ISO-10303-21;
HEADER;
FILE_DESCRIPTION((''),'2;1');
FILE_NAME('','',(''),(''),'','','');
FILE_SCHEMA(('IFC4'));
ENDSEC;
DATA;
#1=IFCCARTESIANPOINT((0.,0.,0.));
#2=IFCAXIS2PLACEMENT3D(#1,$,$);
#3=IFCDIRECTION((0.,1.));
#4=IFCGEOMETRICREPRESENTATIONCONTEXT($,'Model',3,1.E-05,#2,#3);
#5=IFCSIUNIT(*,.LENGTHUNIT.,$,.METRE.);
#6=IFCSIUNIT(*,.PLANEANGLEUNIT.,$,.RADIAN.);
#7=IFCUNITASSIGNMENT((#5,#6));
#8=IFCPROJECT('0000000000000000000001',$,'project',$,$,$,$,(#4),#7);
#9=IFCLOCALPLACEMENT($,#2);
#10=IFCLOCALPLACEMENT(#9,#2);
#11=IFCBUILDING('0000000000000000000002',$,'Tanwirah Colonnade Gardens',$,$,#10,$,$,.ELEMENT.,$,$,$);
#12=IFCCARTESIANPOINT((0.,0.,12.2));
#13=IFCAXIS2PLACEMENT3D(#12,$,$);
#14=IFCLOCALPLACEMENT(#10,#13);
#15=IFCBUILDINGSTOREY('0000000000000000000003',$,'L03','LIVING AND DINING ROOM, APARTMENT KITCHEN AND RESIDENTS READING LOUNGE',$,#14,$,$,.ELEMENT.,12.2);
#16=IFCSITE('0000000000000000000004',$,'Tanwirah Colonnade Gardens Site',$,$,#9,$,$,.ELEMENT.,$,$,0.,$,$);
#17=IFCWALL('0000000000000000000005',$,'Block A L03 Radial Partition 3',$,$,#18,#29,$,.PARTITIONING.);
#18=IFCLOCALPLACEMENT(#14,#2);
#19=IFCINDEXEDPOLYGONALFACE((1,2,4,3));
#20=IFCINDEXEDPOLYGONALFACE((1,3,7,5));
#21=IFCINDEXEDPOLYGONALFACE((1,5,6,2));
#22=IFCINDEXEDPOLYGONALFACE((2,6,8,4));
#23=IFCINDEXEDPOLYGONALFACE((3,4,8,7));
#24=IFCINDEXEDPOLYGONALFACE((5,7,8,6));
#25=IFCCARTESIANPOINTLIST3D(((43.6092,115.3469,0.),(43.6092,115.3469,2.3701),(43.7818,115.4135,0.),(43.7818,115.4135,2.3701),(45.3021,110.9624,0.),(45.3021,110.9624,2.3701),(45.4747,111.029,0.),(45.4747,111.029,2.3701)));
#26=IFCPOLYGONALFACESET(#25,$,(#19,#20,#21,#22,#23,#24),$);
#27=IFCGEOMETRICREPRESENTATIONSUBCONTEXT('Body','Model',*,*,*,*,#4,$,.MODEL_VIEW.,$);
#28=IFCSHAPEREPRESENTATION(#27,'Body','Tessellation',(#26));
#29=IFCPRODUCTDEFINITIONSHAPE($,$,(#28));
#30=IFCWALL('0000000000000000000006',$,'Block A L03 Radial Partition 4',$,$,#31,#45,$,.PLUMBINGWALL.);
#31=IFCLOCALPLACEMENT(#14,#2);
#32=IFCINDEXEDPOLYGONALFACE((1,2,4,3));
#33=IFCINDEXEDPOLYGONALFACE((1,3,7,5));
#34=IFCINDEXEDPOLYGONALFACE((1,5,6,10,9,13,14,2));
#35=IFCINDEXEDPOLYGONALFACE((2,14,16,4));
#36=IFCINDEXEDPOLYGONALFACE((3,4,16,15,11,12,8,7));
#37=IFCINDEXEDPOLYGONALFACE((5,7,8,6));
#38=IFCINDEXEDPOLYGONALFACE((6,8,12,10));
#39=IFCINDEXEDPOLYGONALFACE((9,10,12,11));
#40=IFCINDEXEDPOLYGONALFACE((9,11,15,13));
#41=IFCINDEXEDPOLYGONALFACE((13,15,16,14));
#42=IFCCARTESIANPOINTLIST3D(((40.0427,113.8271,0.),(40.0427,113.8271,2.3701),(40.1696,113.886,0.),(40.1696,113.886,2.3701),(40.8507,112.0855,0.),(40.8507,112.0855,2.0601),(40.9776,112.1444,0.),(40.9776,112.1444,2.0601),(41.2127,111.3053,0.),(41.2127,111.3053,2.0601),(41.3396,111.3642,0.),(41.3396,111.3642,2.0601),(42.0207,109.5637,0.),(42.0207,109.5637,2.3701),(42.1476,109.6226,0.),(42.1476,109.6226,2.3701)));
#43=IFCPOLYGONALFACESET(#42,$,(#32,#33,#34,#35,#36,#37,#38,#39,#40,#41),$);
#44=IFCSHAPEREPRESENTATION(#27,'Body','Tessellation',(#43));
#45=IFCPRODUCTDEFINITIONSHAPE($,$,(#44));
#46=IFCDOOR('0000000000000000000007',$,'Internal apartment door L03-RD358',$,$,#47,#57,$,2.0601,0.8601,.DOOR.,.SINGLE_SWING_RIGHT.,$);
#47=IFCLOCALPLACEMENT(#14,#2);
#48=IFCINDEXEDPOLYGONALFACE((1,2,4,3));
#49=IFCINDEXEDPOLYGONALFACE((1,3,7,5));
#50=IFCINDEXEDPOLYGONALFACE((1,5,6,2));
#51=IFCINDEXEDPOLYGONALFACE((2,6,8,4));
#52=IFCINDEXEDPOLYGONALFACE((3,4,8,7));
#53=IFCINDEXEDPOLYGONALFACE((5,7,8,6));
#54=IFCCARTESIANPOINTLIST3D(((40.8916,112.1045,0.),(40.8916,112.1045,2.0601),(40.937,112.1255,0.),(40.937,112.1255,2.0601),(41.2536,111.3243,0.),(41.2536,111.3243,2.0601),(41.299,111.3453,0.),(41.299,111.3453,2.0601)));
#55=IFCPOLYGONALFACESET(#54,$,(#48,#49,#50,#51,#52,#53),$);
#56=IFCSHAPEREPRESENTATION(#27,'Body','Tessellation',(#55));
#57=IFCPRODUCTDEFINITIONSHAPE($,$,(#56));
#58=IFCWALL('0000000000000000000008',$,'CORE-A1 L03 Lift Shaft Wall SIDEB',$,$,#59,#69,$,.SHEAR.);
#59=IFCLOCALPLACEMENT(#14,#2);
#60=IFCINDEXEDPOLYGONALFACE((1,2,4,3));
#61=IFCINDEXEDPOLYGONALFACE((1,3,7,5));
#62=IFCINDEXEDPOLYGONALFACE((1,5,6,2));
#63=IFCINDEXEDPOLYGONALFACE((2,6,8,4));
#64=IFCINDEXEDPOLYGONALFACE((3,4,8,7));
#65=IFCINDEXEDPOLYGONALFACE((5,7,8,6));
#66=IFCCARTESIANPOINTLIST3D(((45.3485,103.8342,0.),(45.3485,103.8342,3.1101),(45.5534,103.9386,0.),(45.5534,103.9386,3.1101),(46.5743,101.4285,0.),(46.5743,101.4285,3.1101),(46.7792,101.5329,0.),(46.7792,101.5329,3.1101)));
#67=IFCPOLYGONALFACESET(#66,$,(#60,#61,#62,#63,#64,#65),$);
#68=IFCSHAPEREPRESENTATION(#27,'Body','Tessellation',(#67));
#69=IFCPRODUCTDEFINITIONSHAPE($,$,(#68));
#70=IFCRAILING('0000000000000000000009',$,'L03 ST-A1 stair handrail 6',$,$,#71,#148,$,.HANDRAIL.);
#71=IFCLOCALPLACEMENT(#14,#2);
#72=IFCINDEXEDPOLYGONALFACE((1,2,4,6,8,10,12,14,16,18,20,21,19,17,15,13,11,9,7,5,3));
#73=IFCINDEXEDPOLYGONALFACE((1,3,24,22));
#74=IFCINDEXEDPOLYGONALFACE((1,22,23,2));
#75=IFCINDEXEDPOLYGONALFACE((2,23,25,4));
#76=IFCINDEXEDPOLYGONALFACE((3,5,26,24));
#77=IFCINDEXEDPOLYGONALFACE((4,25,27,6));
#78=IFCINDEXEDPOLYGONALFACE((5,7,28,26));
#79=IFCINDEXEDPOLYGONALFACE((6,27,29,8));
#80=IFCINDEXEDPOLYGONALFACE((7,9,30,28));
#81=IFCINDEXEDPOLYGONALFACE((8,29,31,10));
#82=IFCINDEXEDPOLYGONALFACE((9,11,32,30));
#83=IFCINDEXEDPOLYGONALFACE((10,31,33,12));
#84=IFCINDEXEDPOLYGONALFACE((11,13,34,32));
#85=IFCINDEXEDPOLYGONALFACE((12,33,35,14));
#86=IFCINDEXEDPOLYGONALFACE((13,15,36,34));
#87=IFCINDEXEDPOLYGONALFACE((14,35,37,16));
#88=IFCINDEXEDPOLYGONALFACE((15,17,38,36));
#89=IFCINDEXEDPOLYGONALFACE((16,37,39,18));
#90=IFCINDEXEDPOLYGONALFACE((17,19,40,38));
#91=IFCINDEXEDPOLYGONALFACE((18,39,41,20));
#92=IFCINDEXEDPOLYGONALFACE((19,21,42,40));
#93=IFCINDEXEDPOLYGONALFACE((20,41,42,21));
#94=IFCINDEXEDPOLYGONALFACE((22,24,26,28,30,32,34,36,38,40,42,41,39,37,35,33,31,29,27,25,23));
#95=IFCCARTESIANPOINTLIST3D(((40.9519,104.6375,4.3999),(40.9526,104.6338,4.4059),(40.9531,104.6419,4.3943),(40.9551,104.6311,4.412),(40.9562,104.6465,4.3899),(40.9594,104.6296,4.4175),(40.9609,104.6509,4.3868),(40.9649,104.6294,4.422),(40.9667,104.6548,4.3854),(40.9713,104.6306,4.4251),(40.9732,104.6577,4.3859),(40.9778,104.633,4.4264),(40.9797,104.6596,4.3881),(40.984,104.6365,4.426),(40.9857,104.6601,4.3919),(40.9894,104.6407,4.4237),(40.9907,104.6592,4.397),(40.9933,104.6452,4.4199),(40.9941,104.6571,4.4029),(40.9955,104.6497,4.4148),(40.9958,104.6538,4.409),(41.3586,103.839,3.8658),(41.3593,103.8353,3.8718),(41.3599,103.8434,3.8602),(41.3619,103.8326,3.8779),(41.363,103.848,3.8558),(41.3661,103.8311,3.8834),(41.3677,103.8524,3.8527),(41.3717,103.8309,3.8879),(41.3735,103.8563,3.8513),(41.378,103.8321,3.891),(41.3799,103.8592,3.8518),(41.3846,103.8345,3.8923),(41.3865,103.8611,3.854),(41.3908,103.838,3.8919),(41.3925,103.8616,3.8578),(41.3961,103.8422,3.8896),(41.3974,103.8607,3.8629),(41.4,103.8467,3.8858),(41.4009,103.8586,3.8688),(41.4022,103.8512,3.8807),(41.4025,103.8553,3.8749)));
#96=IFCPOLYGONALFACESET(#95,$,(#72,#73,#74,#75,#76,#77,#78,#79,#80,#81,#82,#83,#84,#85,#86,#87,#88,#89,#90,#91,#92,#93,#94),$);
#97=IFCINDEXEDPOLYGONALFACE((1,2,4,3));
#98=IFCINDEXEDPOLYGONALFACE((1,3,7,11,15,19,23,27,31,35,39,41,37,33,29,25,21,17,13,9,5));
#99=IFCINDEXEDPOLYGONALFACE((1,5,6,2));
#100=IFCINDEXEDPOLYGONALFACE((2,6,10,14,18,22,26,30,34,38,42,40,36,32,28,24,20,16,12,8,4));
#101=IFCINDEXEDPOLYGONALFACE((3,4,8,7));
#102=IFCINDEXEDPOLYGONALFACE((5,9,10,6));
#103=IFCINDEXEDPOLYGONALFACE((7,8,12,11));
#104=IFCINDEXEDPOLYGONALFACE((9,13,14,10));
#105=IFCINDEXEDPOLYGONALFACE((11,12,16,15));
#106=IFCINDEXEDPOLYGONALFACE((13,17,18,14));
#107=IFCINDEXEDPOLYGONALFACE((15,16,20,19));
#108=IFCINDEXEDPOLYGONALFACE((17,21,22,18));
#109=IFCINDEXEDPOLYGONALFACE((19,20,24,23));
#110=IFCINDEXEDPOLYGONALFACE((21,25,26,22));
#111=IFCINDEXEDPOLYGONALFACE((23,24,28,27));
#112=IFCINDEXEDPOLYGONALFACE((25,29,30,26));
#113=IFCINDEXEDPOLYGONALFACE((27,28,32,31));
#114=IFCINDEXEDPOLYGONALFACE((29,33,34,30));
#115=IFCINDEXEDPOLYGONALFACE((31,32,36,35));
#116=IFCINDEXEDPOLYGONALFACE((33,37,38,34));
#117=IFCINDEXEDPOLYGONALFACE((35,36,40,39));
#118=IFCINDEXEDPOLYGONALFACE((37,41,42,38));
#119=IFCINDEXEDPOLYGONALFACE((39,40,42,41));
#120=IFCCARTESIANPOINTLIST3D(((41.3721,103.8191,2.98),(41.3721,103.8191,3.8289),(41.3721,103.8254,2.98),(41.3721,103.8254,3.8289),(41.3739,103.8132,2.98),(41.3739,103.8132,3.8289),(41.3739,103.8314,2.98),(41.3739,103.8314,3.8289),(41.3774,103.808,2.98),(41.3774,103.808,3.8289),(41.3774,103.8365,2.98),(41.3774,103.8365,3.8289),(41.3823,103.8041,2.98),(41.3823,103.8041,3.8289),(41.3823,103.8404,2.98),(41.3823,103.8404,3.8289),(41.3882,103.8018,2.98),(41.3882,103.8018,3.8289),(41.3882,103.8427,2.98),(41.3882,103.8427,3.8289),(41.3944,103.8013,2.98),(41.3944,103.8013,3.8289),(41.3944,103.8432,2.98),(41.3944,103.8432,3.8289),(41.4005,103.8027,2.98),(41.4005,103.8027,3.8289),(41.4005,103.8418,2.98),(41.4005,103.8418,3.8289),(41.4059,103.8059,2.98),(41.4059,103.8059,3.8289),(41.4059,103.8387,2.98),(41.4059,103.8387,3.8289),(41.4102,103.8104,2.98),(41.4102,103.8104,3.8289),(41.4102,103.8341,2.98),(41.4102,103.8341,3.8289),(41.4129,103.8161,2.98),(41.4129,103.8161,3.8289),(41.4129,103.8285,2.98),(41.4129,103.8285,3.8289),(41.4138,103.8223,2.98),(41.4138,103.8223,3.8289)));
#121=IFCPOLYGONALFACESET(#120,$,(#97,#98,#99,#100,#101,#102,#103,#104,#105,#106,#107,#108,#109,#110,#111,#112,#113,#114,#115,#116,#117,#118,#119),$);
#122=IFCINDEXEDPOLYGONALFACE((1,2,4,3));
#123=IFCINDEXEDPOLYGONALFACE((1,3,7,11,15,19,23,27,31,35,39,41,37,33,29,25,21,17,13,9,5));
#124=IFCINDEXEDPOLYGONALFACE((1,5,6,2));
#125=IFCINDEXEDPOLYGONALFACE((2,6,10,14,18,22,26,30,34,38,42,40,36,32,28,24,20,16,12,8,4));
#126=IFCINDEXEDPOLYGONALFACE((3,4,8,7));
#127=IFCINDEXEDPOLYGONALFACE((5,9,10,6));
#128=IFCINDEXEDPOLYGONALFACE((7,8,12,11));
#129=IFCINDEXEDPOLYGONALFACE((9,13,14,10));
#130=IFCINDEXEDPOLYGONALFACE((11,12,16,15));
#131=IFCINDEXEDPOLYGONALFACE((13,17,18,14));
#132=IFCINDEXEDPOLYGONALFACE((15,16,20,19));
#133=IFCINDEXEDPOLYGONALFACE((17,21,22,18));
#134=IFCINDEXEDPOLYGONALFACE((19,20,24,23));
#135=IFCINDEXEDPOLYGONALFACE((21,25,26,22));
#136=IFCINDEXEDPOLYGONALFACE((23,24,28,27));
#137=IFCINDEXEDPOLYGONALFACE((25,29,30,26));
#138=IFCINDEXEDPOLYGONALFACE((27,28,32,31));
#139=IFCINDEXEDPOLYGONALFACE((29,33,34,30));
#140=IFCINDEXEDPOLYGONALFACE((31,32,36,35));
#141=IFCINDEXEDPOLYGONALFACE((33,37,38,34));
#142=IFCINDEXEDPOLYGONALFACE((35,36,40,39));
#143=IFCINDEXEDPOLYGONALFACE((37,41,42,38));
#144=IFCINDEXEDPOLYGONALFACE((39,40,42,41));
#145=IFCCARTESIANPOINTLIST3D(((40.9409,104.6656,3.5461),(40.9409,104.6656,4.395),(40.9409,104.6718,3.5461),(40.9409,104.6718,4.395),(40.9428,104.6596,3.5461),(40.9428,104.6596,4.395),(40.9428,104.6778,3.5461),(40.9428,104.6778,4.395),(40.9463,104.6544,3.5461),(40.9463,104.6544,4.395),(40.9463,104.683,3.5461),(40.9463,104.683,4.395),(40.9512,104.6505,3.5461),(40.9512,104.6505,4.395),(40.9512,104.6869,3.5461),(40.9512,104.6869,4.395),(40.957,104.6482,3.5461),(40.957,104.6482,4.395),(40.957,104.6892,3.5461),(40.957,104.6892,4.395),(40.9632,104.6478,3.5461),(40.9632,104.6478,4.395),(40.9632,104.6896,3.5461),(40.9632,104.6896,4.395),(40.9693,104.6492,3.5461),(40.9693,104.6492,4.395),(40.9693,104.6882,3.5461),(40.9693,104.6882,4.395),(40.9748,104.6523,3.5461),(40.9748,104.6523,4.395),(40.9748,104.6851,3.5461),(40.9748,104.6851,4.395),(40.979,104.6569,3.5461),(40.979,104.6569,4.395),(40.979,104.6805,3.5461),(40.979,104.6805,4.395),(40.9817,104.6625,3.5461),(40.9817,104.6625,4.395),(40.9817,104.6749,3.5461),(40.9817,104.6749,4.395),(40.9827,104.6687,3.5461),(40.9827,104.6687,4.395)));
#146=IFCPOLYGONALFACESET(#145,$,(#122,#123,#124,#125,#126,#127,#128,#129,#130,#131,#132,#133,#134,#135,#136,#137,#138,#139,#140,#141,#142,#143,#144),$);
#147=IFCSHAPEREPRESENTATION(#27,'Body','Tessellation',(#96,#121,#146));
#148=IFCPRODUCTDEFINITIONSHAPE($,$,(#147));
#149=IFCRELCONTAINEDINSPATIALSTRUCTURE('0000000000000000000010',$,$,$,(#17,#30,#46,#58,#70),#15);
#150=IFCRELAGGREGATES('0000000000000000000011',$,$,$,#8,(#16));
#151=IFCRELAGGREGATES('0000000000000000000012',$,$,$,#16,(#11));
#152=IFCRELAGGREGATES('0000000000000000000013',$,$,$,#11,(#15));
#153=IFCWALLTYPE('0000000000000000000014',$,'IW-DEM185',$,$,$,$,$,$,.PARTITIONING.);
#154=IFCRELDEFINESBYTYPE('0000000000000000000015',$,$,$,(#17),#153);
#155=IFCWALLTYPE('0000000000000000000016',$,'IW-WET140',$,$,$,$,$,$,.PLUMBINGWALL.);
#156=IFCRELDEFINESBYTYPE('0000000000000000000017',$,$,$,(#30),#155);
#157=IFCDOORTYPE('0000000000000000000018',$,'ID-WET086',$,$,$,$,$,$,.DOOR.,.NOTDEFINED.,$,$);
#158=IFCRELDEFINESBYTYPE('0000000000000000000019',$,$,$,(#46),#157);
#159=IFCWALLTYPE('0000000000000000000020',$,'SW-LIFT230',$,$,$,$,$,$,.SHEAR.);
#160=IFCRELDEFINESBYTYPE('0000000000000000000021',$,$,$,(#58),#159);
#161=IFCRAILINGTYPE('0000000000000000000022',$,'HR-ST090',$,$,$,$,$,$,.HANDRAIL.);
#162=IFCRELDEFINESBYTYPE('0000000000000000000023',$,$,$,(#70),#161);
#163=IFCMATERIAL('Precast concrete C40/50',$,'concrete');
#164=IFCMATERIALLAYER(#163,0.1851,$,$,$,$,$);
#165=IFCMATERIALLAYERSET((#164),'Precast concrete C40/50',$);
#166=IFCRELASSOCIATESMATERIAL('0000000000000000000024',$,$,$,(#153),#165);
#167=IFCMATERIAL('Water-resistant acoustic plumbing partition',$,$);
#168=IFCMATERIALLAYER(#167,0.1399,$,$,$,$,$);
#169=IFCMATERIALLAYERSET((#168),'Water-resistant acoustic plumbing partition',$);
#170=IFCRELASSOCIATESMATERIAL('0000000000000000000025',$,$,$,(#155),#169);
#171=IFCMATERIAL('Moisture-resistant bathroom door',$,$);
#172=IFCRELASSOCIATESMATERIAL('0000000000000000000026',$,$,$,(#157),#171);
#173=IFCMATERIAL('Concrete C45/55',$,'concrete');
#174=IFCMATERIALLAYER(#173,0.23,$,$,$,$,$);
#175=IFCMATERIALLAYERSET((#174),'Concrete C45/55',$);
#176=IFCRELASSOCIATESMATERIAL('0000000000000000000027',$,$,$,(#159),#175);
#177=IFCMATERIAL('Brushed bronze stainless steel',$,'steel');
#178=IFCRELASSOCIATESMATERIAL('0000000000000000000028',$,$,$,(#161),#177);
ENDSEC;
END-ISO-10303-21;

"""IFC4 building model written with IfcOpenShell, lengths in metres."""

from ifc_helpers import new_model, si_unit, direction, frame, frame_2d, origin, origin_2d, place, context, subcontext, project, spatial, rectangle, circle, extrude, material, layer, layer_set, type_object, element, fill, save


model = new_model("IFC4")

# Units and contexts
model_context = context("Model", 3, precision=1e-05, world=origin(), true_north=direction((0.0, 1.0)))
body_context = subcontext(model_context, "Body", "Model", "MODEL_VIEW")
ifc_project = project(units=[si_unit("LENGTHUNIT", "METRE"), si_unit("PLANEANGLEUNIT", "RADIAN")], contexts=[model_context])

# Site, building, storey
site_placement = place(None, origin())
site = spatial("IfcSite", under=ifc_project, at=site_placement, Name="Tanwirah Colonnade Gardens Site", CompositionType="ELEMENT", RefElevation=0.0)
building_placement = place(site_placement, origin())
building = spatial("IfcBuilding", under=site, at=building_placement, Name="Tanwirah Colonnade Gardens", CompositionType="ELEMENT")
storey_placement = place(building_placement, frame((0.0, 0.0, 12.2)))
storey = spatial("IfcBuildingStorey", under=building, at=storey_placement, Name="L03", Description="LIVING AND DINING ROOM, APARTMENT KITCHEN AND RESIDENTS READING LOUNGE", CompositionType="ELEMENT", Elevation=12.2)

# Shared definitions
ifc_material_1 = material(Name="Precast concrete C40/50", Category="concrete")

# Wall
ifc_layer_1 = layer(ifc_material_1, 0.1851)
ifc_layer_set_1 = layer_set([ifc_layer_1], Name="Precast concrete C40/50")
wall_type_1 = type_object("IfcWallType", Name="IW-DEM185", PredefinedType="PARTITIONING", material=ifc_layer_set_1)
wall_1_placement = place(storey_placement, frame((45.3884, 110.9956, 0.0), z_axis=(0.0, 0.0, 1.0), x_axis=(-0.360187, 0.93288, 0.0)))
element("IfcWall", 1, at=wall_1_placement, inside=storey, type_object=wall_type_1, Name="Block A L03 Radial Partition 3", PredefinedType="PARTITIONING", context=body_context, shape_type="SweptSolid", body=[
    extrude(rectangle(XDim=4.7, YDim=0.1851, at=frame_2d((2.3501, 0.0))), origin(), (0.0, 0.0, 1.0), 2.3701),
])

# Wall, opening, door
ifc_material_2 = material(Name="Water-resistant acoustic plumbing partition")
ifc_layer_2 = layer(ifc_material_2, 0.1399)
ifc_layer_set_2 = layer_set([ifc_layer_2], Name="Water-resistant acoustic plumbing partition")
wall_type_2 = type_object("IfcWallType", Name="IW-WET140", PredefinedType="PLUMBINGWALL", material=ifc_layer_set_2)
wall_2_placement = place(storey_placement, frame((42.0842, 109.593, 0.0), z_axis=(0.0, 0.0, 1.0), x_axis=(-0.420863, 0.907124, 0.0)))
wall_2 = element("IfcWall", 2, at=wall_2_placement, inside=storey, type_object=wall_type_2, Name="Block A L03 Radial Partition 4", PredefinedType="PLUMBINGWALL", context=body_context, shape_type="SweptSolid", body=[
    extrude(rectangle(XDim=4.7, YDim=0.1399, at=frame_2d((2.3501, 0.0))), origin(), (0.0, 0.0, 1.0), 2.3701),
])
opening_1_placement = place(wall_2_placement, frame((1.9199, 0.0, 0.0)))
opening_1 = element("IfcOpeningElement", 3, at=opening_1_placement, cuts=wall_2, PredefinedType="OPENING", context=body_context, shape_type="SweptSolid", body=[
    extrude(rectangle(XDim=0.8601, YDim=2.0601, at=frame_2d((0.4302, 1.03))), frame((0.0, 0.0798, 0.0), z_axis=(0.0, -1.0, 0.0), x_axis=(1.0, 0.0, 0.0)), (0.0, 0.0, 1.0), 0.1599),
])
ifc_material_3 = material(Name="Moisture-resistant bathroom door")
door_type_1 = type_object("IfcDoorType", Name="ID-WET086", OperationType="NOTDEFINED", PredefinedType="DOOR", material=ifc_material_3)
door_1_placement = place(opening_1_placement, origin())
door_1 = element("IfcDoor", 4, at=door_1_placement, inside=storey, type_object=door_type_1, Name="Internal apartment door L03-RD358", OperationType="SINGLE_SWING_RIGHT", OverallHeight=2.0601, OverallWidth=0.8601, PredefinedType="DOOR", context=body_context, shape_type="SweptSolid", body=[
    extrude(rectangle(XDim=0.8601, YDim=2.0601, at=frame_2d((0.4302, 1.03))), frame((0.0, 0.0249, 0.0), z_axis=(0.0, -1.0, 0.0), x_axis=(1.0, 0.0, 0.0)), (0.0, 0.0, 1.0), 0.05),
])
fill(opening_1, door_1)

# Wall
ifc_material_4 = material(Name="Concrete C45/55", Category="concrete")
ifc_layer_3 = layer(ifc_material_4, 0.23)
ifc_layer_set_3 = layer_set([ifc_layer_3], Name="Concrete C45/55")
wall_type_3 = type_object("IfcWallType", Name="SW-LIFT230", PredefinedType="SHEAR", material=ifc_layer_set_3)
wall_3_placement = place(storey_placement, frame((45.4509, 103.8865, 0.0), z_axis=(0.0, 0.0, 1.0), x_axis=(0.454, -0.891002, 0.0)))
element("IfcWall", 5, at=wall_3_placement, inside=storey, type_object=wall_type_3, Name="CORE-A1 L03 Lift Shaft Wall SIDEB", PredefinedType="SHEAR", context=body_context, shape_type="SweptSolid", body=[
    extrude(rectangle(XDim=2.7, YDim=0.23, at=frame_2d((1.3501, 0.0))), origin(), (0.0, 0.0, 1.0), 3.1101),
])

# Railing
ifc_material_5 = material(Name="Brushed bronze stainless steel", Category="steel")
railing_type = type_object("IfcRailingType", Name="HR-ST090", PredefinedType="HANDRAIL", material=ifc_material_5)
railing_placement = place(storey_placement, frame((41.3928, 103.8223, 2.98)))
element("IfcRailing", 6, at=railing_placement, inside=storey, type_object=railing_type, Name="L03 ST-A1 stair handrail 6", PredefinedType="HANDRAIL", context=body_context, shape_type="SweptSolid", body=[
    extrude(circle(Radius=0.0239, at=origin_2d()), frame((-0.0122, 0.0239, 0.8918), z_axis=(-0.389886, 0.765422, 0.511974), x_axis=(-0.891061, -0.453883, 0.0)), (0.0, 0.0, 1.0), 1.0432),
    extrude(circle(Radius=0.021, at=origin_2d()), origin(), (0.0, 0.0, 1.0), 0.8489),
    extrude(circle(Radius=0.021, at=origin_2d()), frame((-0.4312, 0.8464, 0.5662)), (0.0, 0.0, 1.0), 0.8489),
])

save(model, "model.ifc")
